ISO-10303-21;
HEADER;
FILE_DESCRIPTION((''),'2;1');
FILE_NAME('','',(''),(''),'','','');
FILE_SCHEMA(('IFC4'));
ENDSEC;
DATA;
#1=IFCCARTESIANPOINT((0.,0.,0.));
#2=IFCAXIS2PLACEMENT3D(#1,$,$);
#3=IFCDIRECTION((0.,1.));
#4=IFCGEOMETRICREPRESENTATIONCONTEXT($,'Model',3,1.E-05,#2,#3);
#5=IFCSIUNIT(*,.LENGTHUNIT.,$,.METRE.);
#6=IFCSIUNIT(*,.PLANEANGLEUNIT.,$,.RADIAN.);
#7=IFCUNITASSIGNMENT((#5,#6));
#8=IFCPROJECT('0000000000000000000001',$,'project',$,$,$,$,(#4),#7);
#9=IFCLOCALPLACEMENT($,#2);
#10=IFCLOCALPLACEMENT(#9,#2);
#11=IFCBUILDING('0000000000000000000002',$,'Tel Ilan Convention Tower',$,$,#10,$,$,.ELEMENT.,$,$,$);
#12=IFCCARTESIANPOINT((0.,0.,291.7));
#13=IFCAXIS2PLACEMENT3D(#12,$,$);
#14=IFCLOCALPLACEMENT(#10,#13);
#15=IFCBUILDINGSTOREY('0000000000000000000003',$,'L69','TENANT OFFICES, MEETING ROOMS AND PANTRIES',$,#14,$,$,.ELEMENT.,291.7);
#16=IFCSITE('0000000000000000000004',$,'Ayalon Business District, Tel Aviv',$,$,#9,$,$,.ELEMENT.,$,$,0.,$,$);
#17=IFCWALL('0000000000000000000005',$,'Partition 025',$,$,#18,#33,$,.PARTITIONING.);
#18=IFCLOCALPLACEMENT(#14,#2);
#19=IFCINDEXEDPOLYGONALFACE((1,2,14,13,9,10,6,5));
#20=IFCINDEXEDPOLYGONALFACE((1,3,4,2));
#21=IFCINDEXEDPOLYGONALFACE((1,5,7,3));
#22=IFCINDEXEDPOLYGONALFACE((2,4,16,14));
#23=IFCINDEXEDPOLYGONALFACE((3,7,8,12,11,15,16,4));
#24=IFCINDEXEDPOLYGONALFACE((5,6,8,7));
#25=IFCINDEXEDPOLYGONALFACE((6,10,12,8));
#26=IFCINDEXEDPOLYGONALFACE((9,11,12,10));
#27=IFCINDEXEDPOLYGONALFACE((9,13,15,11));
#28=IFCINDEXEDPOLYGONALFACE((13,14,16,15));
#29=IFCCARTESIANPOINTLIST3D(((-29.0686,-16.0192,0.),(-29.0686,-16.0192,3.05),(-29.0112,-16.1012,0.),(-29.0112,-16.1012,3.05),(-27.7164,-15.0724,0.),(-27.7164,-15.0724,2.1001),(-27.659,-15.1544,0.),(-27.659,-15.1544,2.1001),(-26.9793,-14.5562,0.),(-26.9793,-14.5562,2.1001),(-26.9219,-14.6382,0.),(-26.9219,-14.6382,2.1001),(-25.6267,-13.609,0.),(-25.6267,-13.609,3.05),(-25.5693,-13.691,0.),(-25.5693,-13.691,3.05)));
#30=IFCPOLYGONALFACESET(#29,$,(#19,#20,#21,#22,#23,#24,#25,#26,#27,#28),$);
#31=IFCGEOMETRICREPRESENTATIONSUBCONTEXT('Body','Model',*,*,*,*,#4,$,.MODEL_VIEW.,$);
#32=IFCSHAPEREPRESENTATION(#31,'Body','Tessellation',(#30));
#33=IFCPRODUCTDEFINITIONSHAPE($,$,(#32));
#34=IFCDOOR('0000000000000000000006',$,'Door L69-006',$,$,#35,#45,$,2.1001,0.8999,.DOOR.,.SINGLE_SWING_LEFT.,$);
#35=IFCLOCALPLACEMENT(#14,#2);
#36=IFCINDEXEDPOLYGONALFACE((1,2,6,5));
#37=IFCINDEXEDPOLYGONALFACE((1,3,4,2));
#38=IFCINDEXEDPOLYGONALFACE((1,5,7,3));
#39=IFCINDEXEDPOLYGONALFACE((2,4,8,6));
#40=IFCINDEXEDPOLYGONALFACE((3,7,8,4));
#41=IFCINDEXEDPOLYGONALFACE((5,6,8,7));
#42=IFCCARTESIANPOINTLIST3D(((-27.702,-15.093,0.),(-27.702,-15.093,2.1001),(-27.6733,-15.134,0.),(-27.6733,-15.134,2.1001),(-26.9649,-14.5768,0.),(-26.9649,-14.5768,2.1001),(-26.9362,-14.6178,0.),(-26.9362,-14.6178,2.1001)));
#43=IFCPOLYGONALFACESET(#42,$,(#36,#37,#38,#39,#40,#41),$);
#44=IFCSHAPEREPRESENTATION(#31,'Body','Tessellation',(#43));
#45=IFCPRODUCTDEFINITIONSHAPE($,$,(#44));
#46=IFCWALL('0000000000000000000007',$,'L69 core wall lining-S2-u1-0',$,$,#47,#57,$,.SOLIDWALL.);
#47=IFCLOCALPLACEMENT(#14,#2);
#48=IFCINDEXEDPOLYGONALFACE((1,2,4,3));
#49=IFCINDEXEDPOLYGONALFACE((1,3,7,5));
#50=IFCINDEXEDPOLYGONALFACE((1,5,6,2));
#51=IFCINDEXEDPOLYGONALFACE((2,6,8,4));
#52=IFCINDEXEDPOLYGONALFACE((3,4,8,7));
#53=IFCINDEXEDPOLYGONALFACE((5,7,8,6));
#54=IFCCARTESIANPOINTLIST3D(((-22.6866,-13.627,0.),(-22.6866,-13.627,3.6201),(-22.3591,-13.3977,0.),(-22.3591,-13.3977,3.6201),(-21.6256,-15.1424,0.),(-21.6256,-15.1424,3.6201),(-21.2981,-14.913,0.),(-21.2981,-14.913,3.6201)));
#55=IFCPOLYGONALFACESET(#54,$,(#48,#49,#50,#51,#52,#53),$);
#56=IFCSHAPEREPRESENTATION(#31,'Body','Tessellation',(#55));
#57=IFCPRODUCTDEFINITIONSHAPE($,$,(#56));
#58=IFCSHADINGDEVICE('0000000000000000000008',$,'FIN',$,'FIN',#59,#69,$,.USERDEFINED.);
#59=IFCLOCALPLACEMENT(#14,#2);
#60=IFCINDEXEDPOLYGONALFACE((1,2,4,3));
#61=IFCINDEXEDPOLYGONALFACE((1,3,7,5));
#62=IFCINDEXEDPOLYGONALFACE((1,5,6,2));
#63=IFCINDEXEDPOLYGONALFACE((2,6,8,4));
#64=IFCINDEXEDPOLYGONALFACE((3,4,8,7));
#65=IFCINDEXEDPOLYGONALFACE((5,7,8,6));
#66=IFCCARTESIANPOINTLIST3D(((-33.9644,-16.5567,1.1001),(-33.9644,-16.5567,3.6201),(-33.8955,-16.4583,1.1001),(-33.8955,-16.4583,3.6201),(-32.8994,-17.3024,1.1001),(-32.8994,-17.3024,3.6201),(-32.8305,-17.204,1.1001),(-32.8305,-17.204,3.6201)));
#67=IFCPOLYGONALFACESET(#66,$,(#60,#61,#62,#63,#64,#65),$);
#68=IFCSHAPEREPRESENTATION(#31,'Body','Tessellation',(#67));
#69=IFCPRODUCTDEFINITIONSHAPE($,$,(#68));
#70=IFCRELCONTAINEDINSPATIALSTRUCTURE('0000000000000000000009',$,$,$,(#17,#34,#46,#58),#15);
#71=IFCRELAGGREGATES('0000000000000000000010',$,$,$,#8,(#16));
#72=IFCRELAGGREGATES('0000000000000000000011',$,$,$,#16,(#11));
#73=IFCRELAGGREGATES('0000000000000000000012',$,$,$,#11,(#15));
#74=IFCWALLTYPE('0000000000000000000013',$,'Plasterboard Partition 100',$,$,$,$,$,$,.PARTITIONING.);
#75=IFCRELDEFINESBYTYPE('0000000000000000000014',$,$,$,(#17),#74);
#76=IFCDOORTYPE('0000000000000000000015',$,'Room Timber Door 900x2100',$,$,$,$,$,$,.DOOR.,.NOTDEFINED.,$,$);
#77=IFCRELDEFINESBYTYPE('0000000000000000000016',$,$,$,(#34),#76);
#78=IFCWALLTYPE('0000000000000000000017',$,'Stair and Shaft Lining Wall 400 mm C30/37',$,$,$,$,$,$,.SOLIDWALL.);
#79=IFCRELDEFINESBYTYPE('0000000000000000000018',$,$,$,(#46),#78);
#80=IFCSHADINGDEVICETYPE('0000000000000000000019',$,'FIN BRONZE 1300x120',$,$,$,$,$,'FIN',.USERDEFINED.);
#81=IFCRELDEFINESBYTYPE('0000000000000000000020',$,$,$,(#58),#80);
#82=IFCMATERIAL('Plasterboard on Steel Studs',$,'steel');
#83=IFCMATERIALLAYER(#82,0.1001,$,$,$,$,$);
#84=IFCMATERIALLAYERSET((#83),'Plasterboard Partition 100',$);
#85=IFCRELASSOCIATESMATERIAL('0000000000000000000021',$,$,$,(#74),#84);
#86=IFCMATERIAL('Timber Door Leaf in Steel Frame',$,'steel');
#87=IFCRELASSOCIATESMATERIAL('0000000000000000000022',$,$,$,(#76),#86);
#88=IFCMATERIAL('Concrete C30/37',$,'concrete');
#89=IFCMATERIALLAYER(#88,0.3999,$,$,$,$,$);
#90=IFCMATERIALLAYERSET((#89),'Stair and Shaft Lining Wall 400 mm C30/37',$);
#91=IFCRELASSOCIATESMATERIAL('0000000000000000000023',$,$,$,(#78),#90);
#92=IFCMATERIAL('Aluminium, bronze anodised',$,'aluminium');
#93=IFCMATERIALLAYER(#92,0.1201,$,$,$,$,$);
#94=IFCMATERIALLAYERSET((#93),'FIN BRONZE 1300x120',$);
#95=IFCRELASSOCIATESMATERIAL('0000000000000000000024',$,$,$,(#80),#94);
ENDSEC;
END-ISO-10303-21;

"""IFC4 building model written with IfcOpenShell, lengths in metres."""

from ifc_helpers import new_model, si_unit, direction, frame, frame_2d, origin, origin_2d, place, context, subcontext, project, spatial, rectangle, extrude, material, layer, layer_set, type_object, element, fill, save


model = new_model("IFC4")

# Units and contexts
model_context = context("Model", 3, precision=1e-05, world=origin(), true_north=direction((0.0, 1.0)))
body_context = subcontext(model_context, "Body", "Model", "MODEL_VIEW")
ifc_project = project(units=[si_unit("LENGTHUNIT", "METRE"), si_unit("PLANEANGLEUNIT", "RADIAN")], contexts=[model_context])

# Site, building, storey
site_placement = place(None, origin())
site = spatial("IfcSite", under=ifc_project, at=site_placement, Name="Ayalon Business District, Tel Aviv", CompositionType="ELEMENT", RefElevation=0.0)
building_placement = place(site_placement, origin())
building = spatial("IfcBuilding", under=site, at=building_placement, Name="Tel Ilan Convention Tower", CompositionType="ELEMENT")
storey_placement = place(building_placement, frame((0.0, 0.0, 291.7)))
storey = spatial("IfcBuildingStorey", under=building, at=storey_placement, Name="L69", Description="TENANT OFFICES, MEETING ROOMS AND PANTRIES", CompositionType="ELEMENT", Elevation=291.7)

# Wall, opening, door
ifc_material_1 = material(Name="Plasterboard on Steel Studs", Category="steel")
ifc_layer_1 = layer(ifc_material_1, 0.1001)
ifc_layer_set_1 = layer_set([ifc_layer_1], Name="Plasterboard Partition 100")
wall_type_1 = type_object("IfcWallType", Name="Plasterboard Partition 100", PredefinedType="PARTITIONING", material=ifc_layer_set_1)
wall_1_placement = place(storey_placement, frame((-29.04, -16.0603, 0.0), z_axis=(0.0, 0.0, 1.0), x_axis=(0.819139, 0.573595, 0.0)))
wall_1 = element("IfcWall", 1, at=wall_1_placement, inside=storey, type_object=wall_type_1, Name="Partition 025", PredefinedType="PARTITIONING", context=body_context, shape_type="SweptSolid", body=[
    extrude(rectangle(XDim=4.2019, YDim=0.1001, at=frame_2d((2.1011, 0.0))), origin(), (0.0, 0.0, 1.0), 3.05),
])
opening_1_placement = place(wall_1_placement, frame((1.6509, 0.0, 0.0)))
opening_1 = element("IfcOpeningElement", 2, at=opening_1_placement, cuts=wall_1, PredefinedType="OPENING", context=body_context, shape_type="SweptSolid", body=[
    extrude(rectangle(XDim=0.8999, YDim=2.1001, at=frame_2d((0.45, 1.05))), frame((0.0, 0.0601, 0.0), z_axis=(0.0, -1.0, 0.0), x_axis=(1.0, 0.0, 0.0)), (0.0, 0.0, 1.0), 0.1201),
])
ifc_material_2 = material(Name="Timber Door Leaf in Steel Frame", Category="steel")
door_type_1 = type_object("IfcDoorType", Name="Room Timber Door 900x2100", OperationType="NOTDEFINED", PredefinedType="DOOR", material=ifc_material_2)
door_1_placement = place(opening_1_placement, origin())
door_1 = element("IfcDoor", 3, at=door_1_placement, inside=storey, type_object=door_type_1, Name="Door L69-006", OperationType="SINGLE_SWING_LEFT", OverallHeight=2.1001, OverallWidth=0.8999, PredefinedType="DOOR", context=body_context, shape_type="SweptSolid", body=[
    extrude(rectangle(XDim=0.8999, YDim=2.1001, at=frame_2d((0.45, 1.05))), frame((0.0, 0.0249, 0.0), z_axis=(0.0, -1.0, 0.0), x_axis=(1.0, 0.0, 0.0)), (0.0, 0.0, 1.0), 0.05),
])
fill(opening_1, door_1)

# Wall
ifc_material_3 = material(Name="Concrete C30/37", Category="concrete")
ifc_layer_2 = layer(ifc_material_3, 0.3999)
ifc_layer_set_2 = layer_set([ifc_layer_2], Name="Stair and Shaft Lining Wall 400 mm C30/37")
wall_type_2 = type_object("IfcWallType", Name="Stair and Shaft Lining Wall 400 mm C30/37", PredefinedType="SOLIDWALL", material=ifc_layer_set_2)
wall_2_placement = place(storey_placement, frame((-21.4619, -15.0276, 0.0), z_axis=(0.0, 0.0, 1.0), x_axis=(-0.57356, 0.819164, 0.0)))
element("IfcWall", 4, at=wall_2_placement, inside=storey, type_object=wall_type_2, Name="L69 core wall lining-S2-u1-0", PredefinedType="SOLIDWALL", context=body_context, shape_type="SweptSolid", body=[
    extrude(rectangle(XDim=1.8499, YDim=0.3999, at=frame_2d((0.9248, 0.0))), origin(), (0.0, 0.0, 1.0), 3.6201),
])

# Shading device
ifc_material_4 = material(Name="Aluminium, bronze anodised", Category="aluminium")
ifc_layer_3 = layer(ifc_material_4, 0.1201)
ifc_layer_set_3 = layer_set([ifc_layer_3], Name="FIN BRONZE 1300x120")
shading_device_type = type_object("IfcShadingDeviceType", Name="FIN BRONZE 1300x120", ElementType="FIN", PredefinedType="USERDEFINED", material=ifc_layer_set_3)
shading_device_placement = place(storey_placement, frame((-33.3975, -16.8804, 1.1001), z_axis=(0.0, 0.0, 1.0), x_axis=(-0.819152, 0.573576, 0.0)))
element("IfcShadingDevice", 5, at=shading_device_placement, inside=storey, type_object=shading_device_type, Name="FIN", ObjectType="FIN", PredefinedType="USERDEFINED", context=body_context, shape_type="SweptSolid", body=[
    extrude(rectangle(XDim=1.3, YDim=0.1201, at=origin_2d()), origin(), (0.0, 0.0, 1.0), 2.52),
])

save(model, "model.ifc")
